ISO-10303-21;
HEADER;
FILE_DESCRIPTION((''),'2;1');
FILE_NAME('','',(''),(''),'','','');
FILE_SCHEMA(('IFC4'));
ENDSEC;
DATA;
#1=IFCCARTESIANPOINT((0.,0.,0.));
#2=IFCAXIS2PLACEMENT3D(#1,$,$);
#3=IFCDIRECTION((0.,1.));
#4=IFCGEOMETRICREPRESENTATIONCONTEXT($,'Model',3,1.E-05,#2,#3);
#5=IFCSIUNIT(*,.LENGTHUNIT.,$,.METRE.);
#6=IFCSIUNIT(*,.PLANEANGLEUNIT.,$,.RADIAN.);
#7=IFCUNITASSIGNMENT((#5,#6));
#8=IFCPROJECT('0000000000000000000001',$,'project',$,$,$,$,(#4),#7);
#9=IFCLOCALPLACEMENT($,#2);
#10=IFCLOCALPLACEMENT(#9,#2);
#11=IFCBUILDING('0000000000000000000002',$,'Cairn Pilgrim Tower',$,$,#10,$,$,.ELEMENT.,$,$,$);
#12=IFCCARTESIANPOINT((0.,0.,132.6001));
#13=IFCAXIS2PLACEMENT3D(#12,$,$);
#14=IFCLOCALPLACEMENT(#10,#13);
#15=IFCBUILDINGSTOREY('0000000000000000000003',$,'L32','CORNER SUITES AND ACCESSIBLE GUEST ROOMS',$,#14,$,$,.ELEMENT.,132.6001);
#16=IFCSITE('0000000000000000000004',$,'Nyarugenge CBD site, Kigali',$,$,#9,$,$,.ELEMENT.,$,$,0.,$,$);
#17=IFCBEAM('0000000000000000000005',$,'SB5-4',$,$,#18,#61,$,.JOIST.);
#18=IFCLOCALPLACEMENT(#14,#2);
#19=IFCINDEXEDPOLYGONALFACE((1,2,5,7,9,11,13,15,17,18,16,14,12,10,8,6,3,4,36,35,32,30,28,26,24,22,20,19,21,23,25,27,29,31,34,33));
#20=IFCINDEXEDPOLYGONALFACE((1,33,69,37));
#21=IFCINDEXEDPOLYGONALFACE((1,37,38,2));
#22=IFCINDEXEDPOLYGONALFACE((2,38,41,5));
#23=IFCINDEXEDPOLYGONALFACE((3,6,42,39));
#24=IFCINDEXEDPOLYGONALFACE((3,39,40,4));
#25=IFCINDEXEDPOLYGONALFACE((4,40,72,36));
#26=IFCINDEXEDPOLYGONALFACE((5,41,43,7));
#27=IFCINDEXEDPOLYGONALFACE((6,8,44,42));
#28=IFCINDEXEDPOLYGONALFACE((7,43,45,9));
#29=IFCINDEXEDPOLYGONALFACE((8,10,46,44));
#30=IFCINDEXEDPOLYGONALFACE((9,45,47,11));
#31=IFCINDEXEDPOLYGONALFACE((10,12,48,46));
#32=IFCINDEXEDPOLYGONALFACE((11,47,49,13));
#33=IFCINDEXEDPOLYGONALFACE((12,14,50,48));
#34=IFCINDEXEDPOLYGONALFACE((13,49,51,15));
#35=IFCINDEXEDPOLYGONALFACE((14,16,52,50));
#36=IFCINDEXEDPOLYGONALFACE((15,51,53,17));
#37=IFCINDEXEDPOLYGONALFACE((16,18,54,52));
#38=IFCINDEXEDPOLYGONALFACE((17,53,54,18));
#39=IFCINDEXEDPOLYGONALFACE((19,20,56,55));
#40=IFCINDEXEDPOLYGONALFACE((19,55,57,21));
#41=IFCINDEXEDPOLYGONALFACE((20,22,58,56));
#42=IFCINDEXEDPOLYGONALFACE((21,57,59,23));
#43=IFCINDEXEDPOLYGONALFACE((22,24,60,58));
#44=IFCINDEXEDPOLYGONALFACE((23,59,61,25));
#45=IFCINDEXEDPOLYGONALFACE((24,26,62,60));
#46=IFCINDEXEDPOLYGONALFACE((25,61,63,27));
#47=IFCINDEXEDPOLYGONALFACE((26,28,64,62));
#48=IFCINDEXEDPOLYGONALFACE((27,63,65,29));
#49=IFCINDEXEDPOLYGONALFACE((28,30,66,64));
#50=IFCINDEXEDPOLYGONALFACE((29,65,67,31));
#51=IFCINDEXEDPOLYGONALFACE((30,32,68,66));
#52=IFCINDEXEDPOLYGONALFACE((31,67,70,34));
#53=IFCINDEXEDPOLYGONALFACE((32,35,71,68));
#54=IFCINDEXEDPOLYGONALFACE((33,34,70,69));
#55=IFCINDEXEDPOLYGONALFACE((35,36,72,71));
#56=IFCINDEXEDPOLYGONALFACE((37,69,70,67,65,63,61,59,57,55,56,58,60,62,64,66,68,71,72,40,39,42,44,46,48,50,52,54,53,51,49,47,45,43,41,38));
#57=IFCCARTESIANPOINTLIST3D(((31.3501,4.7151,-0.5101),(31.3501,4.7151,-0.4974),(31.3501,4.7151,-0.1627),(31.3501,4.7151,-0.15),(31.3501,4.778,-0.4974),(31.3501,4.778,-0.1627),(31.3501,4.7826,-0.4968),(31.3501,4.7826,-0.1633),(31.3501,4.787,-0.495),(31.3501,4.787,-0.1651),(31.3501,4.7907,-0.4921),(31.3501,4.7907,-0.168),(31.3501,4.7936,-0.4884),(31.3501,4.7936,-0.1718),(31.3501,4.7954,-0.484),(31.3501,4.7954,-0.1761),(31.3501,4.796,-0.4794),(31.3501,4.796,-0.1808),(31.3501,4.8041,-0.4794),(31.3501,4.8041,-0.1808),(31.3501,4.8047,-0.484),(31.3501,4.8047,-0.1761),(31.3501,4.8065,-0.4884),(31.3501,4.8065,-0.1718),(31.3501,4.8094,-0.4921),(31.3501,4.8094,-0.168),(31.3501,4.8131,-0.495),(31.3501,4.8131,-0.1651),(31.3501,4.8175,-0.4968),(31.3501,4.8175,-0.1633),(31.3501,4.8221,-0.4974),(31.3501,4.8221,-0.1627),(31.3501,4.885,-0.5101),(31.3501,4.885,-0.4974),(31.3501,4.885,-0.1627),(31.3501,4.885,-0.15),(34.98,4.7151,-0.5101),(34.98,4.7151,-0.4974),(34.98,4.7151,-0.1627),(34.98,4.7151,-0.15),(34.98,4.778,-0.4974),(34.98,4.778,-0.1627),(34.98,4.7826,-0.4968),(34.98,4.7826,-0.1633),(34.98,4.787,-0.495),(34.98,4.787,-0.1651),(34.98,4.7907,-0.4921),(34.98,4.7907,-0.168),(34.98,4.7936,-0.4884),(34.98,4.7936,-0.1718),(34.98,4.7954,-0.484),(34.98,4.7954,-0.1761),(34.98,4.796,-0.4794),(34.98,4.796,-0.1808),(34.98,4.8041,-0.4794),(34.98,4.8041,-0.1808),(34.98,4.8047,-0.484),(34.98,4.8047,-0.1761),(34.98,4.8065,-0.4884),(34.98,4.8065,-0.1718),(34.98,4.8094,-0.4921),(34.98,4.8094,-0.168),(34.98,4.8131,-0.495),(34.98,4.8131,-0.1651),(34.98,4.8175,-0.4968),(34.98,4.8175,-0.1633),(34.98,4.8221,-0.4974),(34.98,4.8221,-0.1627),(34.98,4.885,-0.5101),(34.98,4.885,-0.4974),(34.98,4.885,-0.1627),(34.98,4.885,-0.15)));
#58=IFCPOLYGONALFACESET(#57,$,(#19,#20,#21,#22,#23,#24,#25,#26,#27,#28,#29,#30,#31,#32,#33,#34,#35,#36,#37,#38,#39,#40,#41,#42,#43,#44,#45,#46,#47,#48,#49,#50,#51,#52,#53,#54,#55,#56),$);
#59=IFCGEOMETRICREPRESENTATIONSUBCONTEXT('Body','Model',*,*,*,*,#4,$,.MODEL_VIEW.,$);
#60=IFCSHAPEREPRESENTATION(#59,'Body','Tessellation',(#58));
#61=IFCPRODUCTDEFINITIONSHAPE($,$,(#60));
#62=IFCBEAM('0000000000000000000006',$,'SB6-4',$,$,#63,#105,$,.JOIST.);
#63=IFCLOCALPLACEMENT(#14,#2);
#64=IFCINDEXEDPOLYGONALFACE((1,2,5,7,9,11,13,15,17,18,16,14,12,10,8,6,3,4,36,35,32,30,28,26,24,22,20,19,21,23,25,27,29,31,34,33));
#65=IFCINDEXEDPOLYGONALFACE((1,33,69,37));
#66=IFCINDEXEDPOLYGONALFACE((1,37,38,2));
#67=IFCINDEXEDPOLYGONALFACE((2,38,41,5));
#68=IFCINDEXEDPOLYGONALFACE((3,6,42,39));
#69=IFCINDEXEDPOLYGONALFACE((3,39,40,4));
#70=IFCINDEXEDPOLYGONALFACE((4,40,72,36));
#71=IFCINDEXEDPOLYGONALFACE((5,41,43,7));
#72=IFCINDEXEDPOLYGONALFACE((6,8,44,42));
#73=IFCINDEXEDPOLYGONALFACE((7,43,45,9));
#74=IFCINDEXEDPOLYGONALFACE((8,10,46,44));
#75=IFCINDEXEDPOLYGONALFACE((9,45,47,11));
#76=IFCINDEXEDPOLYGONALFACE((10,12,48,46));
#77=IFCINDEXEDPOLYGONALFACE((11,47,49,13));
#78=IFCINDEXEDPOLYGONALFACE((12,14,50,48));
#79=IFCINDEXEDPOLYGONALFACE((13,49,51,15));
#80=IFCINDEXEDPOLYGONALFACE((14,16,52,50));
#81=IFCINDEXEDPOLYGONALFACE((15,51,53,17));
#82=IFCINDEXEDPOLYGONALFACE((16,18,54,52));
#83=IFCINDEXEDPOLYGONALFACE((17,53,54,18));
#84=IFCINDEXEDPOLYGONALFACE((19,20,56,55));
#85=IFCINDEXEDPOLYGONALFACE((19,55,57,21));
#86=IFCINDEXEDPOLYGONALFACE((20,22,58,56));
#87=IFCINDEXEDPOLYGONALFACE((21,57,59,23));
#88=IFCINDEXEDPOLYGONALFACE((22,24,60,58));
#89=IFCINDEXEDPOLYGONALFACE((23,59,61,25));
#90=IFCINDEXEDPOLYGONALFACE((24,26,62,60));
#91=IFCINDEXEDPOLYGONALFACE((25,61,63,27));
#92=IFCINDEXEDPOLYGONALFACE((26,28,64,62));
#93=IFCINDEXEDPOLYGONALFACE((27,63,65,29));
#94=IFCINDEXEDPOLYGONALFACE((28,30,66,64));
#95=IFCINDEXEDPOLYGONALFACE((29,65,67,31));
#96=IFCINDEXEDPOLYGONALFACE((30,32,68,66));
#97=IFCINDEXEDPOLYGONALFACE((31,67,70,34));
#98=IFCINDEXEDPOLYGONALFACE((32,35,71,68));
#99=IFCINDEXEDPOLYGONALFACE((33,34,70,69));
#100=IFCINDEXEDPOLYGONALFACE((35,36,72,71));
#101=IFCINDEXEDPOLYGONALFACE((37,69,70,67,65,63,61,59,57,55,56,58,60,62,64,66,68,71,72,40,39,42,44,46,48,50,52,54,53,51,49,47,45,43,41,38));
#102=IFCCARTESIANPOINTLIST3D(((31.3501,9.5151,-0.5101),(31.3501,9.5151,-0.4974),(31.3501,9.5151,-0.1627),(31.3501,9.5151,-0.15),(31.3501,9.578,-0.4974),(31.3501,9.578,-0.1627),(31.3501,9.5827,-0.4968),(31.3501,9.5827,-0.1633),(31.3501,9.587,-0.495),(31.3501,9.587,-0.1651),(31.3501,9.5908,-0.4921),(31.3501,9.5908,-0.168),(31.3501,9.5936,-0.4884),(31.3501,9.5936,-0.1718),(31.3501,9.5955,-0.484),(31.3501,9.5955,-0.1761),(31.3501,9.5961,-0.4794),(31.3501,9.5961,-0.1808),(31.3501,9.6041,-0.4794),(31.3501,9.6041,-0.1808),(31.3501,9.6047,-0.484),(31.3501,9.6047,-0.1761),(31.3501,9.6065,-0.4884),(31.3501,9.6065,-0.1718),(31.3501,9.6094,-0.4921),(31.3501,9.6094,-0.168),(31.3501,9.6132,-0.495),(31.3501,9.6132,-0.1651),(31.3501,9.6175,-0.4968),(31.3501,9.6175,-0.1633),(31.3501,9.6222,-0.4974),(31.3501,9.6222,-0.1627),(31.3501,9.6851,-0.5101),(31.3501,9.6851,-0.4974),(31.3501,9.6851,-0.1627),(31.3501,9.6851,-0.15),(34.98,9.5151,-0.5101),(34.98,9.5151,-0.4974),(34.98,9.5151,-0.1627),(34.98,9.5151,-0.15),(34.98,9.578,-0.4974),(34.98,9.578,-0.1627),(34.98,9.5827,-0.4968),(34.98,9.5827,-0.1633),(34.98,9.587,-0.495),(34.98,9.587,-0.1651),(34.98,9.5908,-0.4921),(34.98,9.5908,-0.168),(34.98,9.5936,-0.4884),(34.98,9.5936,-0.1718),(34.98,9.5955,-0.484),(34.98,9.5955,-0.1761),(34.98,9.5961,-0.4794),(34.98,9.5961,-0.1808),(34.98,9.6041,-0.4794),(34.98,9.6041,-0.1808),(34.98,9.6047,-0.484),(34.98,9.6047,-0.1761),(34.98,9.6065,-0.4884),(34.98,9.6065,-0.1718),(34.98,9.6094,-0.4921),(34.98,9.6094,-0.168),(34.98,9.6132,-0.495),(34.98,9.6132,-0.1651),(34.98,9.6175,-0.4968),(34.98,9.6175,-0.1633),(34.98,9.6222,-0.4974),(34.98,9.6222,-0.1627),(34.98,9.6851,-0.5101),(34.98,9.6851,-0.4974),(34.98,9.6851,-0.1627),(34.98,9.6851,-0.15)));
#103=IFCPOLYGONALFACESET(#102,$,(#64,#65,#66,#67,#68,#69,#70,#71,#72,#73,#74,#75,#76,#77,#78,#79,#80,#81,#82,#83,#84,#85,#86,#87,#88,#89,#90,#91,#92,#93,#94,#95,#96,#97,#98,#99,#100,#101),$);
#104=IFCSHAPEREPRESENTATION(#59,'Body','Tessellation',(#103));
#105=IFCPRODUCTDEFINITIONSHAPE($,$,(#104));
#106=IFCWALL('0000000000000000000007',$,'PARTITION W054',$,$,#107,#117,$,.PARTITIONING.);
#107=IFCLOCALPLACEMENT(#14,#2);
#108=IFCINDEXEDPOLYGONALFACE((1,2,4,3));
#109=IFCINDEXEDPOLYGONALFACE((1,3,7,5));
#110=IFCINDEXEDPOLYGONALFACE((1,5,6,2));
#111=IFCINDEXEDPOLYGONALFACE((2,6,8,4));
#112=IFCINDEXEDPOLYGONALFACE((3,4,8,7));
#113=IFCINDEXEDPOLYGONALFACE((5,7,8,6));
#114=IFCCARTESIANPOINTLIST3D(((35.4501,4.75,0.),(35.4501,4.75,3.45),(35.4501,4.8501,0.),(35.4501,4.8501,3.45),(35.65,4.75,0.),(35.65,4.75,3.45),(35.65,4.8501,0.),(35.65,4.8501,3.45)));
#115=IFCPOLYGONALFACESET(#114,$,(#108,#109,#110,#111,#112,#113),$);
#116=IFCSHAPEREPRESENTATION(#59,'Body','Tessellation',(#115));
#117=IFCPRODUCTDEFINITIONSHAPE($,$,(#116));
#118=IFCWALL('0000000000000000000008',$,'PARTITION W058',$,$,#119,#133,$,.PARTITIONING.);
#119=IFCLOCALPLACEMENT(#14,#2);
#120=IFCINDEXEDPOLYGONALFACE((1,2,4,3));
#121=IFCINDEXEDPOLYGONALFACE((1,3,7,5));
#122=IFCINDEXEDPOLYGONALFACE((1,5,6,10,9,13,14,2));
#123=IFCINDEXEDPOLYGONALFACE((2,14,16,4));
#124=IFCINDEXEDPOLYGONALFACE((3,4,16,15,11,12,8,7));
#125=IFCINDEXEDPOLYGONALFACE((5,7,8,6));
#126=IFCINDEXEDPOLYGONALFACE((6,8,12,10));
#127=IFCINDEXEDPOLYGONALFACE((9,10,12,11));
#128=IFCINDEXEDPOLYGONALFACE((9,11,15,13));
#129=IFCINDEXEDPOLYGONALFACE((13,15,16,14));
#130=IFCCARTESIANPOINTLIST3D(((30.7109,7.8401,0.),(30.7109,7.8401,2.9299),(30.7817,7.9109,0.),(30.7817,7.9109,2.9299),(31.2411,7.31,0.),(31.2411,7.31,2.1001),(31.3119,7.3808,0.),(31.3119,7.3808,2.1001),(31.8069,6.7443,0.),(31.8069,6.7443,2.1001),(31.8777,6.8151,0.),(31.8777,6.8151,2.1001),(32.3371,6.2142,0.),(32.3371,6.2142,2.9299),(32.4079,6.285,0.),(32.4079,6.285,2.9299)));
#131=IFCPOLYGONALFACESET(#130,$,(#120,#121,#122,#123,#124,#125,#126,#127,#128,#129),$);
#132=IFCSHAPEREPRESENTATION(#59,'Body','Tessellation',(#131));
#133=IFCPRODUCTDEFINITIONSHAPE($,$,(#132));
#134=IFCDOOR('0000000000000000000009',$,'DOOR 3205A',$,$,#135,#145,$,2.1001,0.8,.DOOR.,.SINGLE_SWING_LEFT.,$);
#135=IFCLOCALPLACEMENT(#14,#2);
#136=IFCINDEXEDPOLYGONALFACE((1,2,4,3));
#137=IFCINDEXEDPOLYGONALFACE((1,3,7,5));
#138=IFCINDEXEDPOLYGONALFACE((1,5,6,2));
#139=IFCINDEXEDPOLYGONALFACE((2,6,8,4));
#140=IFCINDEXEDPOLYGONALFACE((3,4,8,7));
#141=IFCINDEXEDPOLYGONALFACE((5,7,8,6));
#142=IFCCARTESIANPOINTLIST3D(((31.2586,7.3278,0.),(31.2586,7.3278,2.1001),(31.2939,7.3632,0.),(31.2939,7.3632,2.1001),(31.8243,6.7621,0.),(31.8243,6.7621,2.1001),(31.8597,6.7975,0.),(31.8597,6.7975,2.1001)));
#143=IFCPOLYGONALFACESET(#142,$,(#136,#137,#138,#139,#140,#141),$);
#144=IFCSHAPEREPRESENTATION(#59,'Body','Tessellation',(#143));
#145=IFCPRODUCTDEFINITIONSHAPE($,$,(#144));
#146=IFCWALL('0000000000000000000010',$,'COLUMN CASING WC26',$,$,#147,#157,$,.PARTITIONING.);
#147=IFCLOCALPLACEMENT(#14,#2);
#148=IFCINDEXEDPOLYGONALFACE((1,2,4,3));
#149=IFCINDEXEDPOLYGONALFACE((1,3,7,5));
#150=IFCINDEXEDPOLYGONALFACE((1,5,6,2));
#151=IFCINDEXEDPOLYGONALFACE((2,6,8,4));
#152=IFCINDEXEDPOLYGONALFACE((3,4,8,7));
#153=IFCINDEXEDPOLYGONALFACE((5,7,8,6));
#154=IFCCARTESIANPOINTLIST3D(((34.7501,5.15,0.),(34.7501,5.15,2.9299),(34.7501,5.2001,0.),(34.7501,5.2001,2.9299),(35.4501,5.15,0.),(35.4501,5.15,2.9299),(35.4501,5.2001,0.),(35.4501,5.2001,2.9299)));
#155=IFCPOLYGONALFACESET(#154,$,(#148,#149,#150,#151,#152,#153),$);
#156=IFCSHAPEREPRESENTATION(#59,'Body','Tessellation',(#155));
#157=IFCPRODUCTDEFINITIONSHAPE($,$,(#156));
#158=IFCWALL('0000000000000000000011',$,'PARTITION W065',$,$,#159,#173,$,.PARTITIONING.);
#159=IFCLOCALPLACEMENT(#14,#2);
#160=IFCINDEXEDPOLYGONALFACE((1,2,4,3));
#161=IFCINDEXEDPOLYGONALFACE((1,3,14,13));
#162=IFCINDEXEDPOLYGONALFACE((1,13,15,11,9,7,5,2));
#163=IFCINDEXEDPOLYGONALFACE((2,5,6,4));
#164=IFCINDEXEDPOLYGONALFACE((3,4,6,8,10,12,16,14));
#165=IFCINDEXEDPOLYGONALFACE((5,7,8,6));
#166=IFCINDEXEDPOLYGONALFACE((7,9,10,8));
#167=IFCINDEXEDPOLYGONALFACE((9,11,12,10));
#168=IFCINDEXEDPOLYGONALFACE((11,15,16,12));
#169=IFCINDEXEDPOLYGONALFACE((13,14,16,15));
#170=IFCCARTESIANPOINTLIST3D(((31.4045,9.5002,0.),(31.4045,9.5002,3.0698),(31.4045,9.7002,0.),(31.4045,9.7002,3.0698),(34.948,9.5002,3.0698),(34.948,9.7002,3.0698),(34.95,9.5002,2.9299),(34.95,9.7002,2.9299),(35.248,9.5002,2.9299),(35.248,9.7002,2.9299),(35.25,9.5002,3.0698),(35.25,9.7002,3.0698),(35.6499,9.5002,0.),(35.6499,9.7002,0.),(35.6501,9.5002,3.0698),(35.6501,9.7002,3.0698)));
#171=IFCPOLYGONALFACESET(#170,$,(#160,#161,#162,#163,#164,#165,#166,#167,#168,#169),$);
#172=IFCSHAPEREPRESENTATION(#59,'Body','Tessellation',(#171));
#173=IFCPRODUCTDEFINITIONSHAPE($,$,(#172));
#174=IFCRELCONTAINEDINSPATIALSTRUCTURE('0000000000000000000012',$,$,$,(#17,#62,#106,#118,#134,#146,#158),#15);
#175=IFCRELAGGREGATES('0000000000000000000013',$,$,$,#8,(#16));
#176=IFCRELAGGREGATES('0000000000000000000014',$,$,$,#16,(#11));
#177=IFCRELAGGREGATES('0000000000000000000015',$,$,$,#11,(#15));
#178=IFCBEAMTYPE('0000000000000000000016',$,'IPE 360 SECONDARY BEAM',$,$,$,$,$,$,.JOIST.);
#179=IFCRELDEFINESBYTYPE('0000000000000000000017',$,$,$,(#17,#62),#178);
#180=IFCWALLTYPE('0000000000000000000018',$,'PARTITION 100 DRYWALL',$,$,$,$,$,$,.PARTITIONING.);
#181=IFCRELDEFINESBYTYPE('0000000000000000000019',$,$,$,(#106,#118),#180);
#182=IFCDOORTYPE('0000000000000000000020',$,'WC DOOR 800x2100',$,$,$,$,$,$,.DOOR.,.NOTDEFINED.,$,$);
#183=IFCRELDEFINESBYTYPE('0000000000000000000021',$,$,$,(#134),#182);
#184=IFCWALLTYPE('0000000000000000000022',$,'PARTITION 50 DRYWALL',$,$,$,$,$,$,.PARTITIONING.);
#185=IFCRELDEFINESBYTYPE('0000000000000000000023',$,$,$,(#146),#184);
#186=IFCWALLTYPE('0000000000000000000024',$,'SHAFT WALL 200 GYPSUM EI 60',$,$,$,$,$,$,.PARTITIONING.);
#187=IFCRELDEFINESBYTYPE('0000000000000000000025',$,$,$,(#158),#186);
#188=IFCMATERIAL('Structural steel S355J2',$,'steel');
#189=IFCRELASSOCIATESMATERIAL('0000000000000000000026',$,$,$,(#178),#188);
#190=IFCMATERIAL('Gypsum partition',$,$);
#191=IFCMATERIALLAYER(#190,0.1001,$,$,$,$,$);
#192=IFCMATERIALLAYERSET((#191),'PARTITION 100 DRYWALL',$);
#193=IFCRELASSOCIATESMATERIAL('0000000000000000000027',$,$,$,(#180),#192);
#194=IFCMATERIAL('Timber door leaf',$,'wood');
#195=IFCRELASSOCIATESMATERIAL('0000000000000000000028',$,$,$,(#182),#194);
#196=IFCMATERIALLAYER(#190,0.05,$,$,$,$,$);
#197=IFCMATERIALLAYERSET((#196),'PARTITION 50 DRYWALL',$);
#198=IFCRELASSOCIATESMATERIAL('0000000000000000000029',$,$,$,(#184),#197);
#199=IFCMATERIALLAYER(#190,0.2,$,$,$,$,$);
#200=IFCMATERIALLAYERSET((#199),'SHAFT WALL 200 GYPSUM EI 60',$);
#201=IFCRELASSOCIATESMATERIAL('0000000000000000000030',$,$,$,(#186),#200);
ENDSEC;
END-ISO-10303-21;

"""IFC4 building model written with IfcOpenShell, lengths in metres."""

from ifc_helpers import new_model, si_unit, direction, frame, frame_2d, origin, origin_2d, place, context, subcontext, project, spatial, polyline, rectangle, i_section, outline, extrude, material, layer, layer_set, material_profile, profile_set, type_object, element, fill, save


model = new_model("IFC4")

# Units and contexts
model_context = context("Model", 3, precision=1e-05, world=origin(), true_north=direction((0.0, 1.0)))
body_context = subcontext(model_context, "Body", "Model", "MODEL_VIEW")
ifc_project = project(units=[si_unit("LENGTHUNIT", "METRE"), si_unit("PLANEANGLEUNIT", "RADIAN")], contexts=[model_context])

# Site, building, storey
site_placement = place(None, origin())
site = spatial("IfcSite", under=ifc_project, at=site_placement, Name="Nyarugenge CBD site, Kigali", CompositionType="ELEMENT", RefElevation=0.0)
building_placement = place(site_placement, origin())
building = spatial("IfcBuilding", under=site, at=building_placement, Name="Cairn Pilgrim Tower", CompositionType="ELEMENT")
storey_placement = place(building_placement, frame((0.0, 0.0, 132.6001)))
storey = spatial("IfcBuildingStorey", under=building, at=storey_placement, Name="L32", Description="CORNER SUITES AND ACCESSIBLE GUEST ROOMS", CompositionType="ELEMENT", Elevation=132.6001)

# Beams
ifc_material_1 = material(Name="Structural steel S355J2", Category="steel")
ifc_material_profile_1 = material_profile(ifc_material_1, i_section(OverallWidth=0.1699, OverallDepth=0.3601, WebThickness=0.0081, FlangeThickness=0.0127, FilletRadius=0.0181, at=origin_2d()), Name="IPE 360")
ifc_profile_set_1 = profile_set([ifc_material_profile_1], Name="Structural steel S355J2")
beam_type_1 = type_object("IfcBeamType", Name="IPE 360 SECONDARY BEAM", PredefinedType="JOIST", material=ifc_profile_set_1)
for number, where, z_axis, x_axis, name in (
    (1, (31.3501, 4.8, -0.3301), (1.0, 0.0, 0.0), (0.0, 1.0, 0.0), "SB5-4"),
    (2, (31.3501, 9.6001, -0.3301), (1.0, 0.0, 0.0), (0.0, 1.0, 0.0), "SB6-4"),
):
    element("IfcBeam", number, at=place(storey_placement, frame(where, z_axis=z_axis, x_axis=x_axis)), inside=storey, type_object=beam_type_1, Name=name, PredefinedType="JOIST", context=body_context, shape_type="SweptSolid", body=[
        extrude(i_section(OverallWidth=0.1699, OverallDepth=0.3601, WebThickness=0.0081, FlangeThickness=0.0127, FilletRadius=0.0181, at=origin_2d()), origin(), (0.0, 0.0, 1.0), 3.6299),
    ])

# Wall
ifc_material_2 = material(Name="Gypsum partition")
ifc_layer_1 = layer(ifc_material_2, 0.1001)
ifc_layer_set_1 = layer_set([ifc_layer_1], Name="PARTITION 100 DRYWALL")
wall_type_1 = type_object("IfcWallType", Name="PARTITION 100 DRYWALL", PredefinedType="PARTITIONING", material=ifc_layer_set_1)
wall_1_placement = place(storey_placement, frame((35.45, 4.8, 0.0), z_axis=(0.0, 0.0, 1.0), x_axis=(1.0, 0.0, 0.0)))
element("IfcWall", 3, at=wall_1_placement, inside=storey, type_object=wall_type_1, Name="PARTITION W054", PredefinedType="PARTITIONING", context=body_context, shape_type="SweptSolid", body=[
    extrude(rectangle(XDim=0.2, YDim=0.1001, at=frame_2d((0.1001, 0.0))), origin(), (0.0, 0.0, 1.0), 3.45),
])

# Wall, opening, door
wall_2_placement = place(storey_placement, frame((32.3726, 6.2495, 0.0), z_axis=(0.0, 0.0, 1.0), x_axis=(-0.70716, 0.707054, 0.0)))
wall_2 = element("IfcWall", 4, at=wall_2_placement, inside=storey, type_object=wall_type_1, Name="PARTITION W058", PredefinedType="PARTITIONING", context=body_context, shape_type="SweptSolid", body=[
    extrude(rectangle(XDim=2.2996, YDim=0.1001, at=frame_2d((1.1499, 0.0))), origin(), (0.0, 0.0, 1.0), 2.9299),
])
opening_1_placement = place(wall_2_placement, frame((0.75, 0.0, 0.0)))
opening_1 = element("IfcOpeningElement", 5, at=opening_1_placement, cuts=wall_2, PredefinedType="OPENING", context=body_context, shape_type="SweptSolid", body=[
    extrude(rectangle(XDim=0.8, YDim=2.1001, at=frame_2d((0.3999, 1.05))), frame((0.0, 0.0601, 0.0), z_axis=(0.0, -1.0, 0.0), x_axis=(1.0, 0.0, 0.0)), (0.0, 0.0, 1.0), 0.1201),
])
ifc_material_3 = material(Name="Timber door leaf", Category="wood")
door_type_1 = type_object("IfcDoorType", Name="WC DOOR 800x2100", OperationType="NOTDEFINED", PredefinedType="DOOR", material=ifc_material_3)
door_1_placement = place(opening_1_placement, frame((0.8, 0.0, 0.0), z_axis=(0.0, 0.0, 1.0), x_axis=(-1.0, 0.0, 0.0)))
door_1 = element("IfcDoor", 6, at=door_1_placement, inside=storey, type_object=door_type_1, Name="DOOR 3205A", OperationType="SINGLE_SWING_LEFT", OverallHeight=2.1001, OverallWidth=0.8, PredefinedType="DOOR", context=body_context, shape_type="SweptSolid", body=[
    extrude(rectangle(XDim=0.8, YDim=2.1001, at=frame_2d((0.3999, 1.05))), frame((0.0, 0.0249, 0.0), z_axis=(0.0, -1.0, 0.0), x_axis=(1.0, 0.0, 0.0)), (0.0, 0.0, 1.0), 0.05),
])
fill(opening_1, door_1)

# Walls
ifc_layer_2 = layer(ifc_material_2, 0.05)
ifc_layer_set_2 = layer_set([ifc_layer_2], Name="PARTITION 50 DRYWALL")
wall_type_2 = type_object("IfcWallType", Name="PARTITION 50 DRYWALL", PredefinedType="PARTITIONING", material=ifc_layer_set_2)
wall_3_placement = place(storey_placement, frame((34.75, 5.175, 0.0), z_axis=(0.0, 0.0, 1.0), x_axis=(1.0, 0.0, 0.0)))
element("IfcWall", 7, at=wall_3_placement, inside=storey, type_object=wall_type_2, Name="COLUMN CASING WC26", PredefinedType="PARTITIONING", context=body_context, shape_type="SweptSolid", body=[
    extrude(rectangle(XDim=0.7, YDim=0.05, at=frame_2d((0.3501, 0.0))), origin(), (0.0, 0.0, 1.0), 2.9299),
])
ifc_layer_3 = layer(ifc_material_2, 0.2)
ifc_layer_set_3 = layer_set([ifc_layer_3], Name="SHAFT WALL 200 GYPSUM EI 60")
wall_type_3 = type_object("IfcWallType", Name="SHAFT WALL 200 GYPSUM EI 60", PredefinedType="PARTITIONING", material=ifc_layer_set_3)
wall_4_placement = place(storey_placement, frame((31.4045, 9.6001, 0.0), z_axis=(0.0, 0.0, 1.0), x_axis=(1.0, 0.0, 0.0)))
element("IfcWall", 8, at=wall_4_placement, inside=storey, type_object=wall_type_3, Name="PARTITION W065", PredefinedType="PARTITIONING", context=body_context, shape_type="SweptSolid", body=[
    extrude(outline(polyline([(0.0, 0.0), (4.2454, 0.0), (4.2456, 3.0698), (3.8455, 3.0698), (3.8435, 2.9299), (3.5454, 2.9299), (3.5435, 3.0698), (0.0, 3.0698), (0.0, 0.0)])), frame((0.0, 0.1001, 0.0), z_axis=(0.0, -1.0, 0.0), x_axis=(1.0, 0.0, 0.0)), (0.0, 0.0, 1.0), 0.2),
])

save(model, "model.ifc")
